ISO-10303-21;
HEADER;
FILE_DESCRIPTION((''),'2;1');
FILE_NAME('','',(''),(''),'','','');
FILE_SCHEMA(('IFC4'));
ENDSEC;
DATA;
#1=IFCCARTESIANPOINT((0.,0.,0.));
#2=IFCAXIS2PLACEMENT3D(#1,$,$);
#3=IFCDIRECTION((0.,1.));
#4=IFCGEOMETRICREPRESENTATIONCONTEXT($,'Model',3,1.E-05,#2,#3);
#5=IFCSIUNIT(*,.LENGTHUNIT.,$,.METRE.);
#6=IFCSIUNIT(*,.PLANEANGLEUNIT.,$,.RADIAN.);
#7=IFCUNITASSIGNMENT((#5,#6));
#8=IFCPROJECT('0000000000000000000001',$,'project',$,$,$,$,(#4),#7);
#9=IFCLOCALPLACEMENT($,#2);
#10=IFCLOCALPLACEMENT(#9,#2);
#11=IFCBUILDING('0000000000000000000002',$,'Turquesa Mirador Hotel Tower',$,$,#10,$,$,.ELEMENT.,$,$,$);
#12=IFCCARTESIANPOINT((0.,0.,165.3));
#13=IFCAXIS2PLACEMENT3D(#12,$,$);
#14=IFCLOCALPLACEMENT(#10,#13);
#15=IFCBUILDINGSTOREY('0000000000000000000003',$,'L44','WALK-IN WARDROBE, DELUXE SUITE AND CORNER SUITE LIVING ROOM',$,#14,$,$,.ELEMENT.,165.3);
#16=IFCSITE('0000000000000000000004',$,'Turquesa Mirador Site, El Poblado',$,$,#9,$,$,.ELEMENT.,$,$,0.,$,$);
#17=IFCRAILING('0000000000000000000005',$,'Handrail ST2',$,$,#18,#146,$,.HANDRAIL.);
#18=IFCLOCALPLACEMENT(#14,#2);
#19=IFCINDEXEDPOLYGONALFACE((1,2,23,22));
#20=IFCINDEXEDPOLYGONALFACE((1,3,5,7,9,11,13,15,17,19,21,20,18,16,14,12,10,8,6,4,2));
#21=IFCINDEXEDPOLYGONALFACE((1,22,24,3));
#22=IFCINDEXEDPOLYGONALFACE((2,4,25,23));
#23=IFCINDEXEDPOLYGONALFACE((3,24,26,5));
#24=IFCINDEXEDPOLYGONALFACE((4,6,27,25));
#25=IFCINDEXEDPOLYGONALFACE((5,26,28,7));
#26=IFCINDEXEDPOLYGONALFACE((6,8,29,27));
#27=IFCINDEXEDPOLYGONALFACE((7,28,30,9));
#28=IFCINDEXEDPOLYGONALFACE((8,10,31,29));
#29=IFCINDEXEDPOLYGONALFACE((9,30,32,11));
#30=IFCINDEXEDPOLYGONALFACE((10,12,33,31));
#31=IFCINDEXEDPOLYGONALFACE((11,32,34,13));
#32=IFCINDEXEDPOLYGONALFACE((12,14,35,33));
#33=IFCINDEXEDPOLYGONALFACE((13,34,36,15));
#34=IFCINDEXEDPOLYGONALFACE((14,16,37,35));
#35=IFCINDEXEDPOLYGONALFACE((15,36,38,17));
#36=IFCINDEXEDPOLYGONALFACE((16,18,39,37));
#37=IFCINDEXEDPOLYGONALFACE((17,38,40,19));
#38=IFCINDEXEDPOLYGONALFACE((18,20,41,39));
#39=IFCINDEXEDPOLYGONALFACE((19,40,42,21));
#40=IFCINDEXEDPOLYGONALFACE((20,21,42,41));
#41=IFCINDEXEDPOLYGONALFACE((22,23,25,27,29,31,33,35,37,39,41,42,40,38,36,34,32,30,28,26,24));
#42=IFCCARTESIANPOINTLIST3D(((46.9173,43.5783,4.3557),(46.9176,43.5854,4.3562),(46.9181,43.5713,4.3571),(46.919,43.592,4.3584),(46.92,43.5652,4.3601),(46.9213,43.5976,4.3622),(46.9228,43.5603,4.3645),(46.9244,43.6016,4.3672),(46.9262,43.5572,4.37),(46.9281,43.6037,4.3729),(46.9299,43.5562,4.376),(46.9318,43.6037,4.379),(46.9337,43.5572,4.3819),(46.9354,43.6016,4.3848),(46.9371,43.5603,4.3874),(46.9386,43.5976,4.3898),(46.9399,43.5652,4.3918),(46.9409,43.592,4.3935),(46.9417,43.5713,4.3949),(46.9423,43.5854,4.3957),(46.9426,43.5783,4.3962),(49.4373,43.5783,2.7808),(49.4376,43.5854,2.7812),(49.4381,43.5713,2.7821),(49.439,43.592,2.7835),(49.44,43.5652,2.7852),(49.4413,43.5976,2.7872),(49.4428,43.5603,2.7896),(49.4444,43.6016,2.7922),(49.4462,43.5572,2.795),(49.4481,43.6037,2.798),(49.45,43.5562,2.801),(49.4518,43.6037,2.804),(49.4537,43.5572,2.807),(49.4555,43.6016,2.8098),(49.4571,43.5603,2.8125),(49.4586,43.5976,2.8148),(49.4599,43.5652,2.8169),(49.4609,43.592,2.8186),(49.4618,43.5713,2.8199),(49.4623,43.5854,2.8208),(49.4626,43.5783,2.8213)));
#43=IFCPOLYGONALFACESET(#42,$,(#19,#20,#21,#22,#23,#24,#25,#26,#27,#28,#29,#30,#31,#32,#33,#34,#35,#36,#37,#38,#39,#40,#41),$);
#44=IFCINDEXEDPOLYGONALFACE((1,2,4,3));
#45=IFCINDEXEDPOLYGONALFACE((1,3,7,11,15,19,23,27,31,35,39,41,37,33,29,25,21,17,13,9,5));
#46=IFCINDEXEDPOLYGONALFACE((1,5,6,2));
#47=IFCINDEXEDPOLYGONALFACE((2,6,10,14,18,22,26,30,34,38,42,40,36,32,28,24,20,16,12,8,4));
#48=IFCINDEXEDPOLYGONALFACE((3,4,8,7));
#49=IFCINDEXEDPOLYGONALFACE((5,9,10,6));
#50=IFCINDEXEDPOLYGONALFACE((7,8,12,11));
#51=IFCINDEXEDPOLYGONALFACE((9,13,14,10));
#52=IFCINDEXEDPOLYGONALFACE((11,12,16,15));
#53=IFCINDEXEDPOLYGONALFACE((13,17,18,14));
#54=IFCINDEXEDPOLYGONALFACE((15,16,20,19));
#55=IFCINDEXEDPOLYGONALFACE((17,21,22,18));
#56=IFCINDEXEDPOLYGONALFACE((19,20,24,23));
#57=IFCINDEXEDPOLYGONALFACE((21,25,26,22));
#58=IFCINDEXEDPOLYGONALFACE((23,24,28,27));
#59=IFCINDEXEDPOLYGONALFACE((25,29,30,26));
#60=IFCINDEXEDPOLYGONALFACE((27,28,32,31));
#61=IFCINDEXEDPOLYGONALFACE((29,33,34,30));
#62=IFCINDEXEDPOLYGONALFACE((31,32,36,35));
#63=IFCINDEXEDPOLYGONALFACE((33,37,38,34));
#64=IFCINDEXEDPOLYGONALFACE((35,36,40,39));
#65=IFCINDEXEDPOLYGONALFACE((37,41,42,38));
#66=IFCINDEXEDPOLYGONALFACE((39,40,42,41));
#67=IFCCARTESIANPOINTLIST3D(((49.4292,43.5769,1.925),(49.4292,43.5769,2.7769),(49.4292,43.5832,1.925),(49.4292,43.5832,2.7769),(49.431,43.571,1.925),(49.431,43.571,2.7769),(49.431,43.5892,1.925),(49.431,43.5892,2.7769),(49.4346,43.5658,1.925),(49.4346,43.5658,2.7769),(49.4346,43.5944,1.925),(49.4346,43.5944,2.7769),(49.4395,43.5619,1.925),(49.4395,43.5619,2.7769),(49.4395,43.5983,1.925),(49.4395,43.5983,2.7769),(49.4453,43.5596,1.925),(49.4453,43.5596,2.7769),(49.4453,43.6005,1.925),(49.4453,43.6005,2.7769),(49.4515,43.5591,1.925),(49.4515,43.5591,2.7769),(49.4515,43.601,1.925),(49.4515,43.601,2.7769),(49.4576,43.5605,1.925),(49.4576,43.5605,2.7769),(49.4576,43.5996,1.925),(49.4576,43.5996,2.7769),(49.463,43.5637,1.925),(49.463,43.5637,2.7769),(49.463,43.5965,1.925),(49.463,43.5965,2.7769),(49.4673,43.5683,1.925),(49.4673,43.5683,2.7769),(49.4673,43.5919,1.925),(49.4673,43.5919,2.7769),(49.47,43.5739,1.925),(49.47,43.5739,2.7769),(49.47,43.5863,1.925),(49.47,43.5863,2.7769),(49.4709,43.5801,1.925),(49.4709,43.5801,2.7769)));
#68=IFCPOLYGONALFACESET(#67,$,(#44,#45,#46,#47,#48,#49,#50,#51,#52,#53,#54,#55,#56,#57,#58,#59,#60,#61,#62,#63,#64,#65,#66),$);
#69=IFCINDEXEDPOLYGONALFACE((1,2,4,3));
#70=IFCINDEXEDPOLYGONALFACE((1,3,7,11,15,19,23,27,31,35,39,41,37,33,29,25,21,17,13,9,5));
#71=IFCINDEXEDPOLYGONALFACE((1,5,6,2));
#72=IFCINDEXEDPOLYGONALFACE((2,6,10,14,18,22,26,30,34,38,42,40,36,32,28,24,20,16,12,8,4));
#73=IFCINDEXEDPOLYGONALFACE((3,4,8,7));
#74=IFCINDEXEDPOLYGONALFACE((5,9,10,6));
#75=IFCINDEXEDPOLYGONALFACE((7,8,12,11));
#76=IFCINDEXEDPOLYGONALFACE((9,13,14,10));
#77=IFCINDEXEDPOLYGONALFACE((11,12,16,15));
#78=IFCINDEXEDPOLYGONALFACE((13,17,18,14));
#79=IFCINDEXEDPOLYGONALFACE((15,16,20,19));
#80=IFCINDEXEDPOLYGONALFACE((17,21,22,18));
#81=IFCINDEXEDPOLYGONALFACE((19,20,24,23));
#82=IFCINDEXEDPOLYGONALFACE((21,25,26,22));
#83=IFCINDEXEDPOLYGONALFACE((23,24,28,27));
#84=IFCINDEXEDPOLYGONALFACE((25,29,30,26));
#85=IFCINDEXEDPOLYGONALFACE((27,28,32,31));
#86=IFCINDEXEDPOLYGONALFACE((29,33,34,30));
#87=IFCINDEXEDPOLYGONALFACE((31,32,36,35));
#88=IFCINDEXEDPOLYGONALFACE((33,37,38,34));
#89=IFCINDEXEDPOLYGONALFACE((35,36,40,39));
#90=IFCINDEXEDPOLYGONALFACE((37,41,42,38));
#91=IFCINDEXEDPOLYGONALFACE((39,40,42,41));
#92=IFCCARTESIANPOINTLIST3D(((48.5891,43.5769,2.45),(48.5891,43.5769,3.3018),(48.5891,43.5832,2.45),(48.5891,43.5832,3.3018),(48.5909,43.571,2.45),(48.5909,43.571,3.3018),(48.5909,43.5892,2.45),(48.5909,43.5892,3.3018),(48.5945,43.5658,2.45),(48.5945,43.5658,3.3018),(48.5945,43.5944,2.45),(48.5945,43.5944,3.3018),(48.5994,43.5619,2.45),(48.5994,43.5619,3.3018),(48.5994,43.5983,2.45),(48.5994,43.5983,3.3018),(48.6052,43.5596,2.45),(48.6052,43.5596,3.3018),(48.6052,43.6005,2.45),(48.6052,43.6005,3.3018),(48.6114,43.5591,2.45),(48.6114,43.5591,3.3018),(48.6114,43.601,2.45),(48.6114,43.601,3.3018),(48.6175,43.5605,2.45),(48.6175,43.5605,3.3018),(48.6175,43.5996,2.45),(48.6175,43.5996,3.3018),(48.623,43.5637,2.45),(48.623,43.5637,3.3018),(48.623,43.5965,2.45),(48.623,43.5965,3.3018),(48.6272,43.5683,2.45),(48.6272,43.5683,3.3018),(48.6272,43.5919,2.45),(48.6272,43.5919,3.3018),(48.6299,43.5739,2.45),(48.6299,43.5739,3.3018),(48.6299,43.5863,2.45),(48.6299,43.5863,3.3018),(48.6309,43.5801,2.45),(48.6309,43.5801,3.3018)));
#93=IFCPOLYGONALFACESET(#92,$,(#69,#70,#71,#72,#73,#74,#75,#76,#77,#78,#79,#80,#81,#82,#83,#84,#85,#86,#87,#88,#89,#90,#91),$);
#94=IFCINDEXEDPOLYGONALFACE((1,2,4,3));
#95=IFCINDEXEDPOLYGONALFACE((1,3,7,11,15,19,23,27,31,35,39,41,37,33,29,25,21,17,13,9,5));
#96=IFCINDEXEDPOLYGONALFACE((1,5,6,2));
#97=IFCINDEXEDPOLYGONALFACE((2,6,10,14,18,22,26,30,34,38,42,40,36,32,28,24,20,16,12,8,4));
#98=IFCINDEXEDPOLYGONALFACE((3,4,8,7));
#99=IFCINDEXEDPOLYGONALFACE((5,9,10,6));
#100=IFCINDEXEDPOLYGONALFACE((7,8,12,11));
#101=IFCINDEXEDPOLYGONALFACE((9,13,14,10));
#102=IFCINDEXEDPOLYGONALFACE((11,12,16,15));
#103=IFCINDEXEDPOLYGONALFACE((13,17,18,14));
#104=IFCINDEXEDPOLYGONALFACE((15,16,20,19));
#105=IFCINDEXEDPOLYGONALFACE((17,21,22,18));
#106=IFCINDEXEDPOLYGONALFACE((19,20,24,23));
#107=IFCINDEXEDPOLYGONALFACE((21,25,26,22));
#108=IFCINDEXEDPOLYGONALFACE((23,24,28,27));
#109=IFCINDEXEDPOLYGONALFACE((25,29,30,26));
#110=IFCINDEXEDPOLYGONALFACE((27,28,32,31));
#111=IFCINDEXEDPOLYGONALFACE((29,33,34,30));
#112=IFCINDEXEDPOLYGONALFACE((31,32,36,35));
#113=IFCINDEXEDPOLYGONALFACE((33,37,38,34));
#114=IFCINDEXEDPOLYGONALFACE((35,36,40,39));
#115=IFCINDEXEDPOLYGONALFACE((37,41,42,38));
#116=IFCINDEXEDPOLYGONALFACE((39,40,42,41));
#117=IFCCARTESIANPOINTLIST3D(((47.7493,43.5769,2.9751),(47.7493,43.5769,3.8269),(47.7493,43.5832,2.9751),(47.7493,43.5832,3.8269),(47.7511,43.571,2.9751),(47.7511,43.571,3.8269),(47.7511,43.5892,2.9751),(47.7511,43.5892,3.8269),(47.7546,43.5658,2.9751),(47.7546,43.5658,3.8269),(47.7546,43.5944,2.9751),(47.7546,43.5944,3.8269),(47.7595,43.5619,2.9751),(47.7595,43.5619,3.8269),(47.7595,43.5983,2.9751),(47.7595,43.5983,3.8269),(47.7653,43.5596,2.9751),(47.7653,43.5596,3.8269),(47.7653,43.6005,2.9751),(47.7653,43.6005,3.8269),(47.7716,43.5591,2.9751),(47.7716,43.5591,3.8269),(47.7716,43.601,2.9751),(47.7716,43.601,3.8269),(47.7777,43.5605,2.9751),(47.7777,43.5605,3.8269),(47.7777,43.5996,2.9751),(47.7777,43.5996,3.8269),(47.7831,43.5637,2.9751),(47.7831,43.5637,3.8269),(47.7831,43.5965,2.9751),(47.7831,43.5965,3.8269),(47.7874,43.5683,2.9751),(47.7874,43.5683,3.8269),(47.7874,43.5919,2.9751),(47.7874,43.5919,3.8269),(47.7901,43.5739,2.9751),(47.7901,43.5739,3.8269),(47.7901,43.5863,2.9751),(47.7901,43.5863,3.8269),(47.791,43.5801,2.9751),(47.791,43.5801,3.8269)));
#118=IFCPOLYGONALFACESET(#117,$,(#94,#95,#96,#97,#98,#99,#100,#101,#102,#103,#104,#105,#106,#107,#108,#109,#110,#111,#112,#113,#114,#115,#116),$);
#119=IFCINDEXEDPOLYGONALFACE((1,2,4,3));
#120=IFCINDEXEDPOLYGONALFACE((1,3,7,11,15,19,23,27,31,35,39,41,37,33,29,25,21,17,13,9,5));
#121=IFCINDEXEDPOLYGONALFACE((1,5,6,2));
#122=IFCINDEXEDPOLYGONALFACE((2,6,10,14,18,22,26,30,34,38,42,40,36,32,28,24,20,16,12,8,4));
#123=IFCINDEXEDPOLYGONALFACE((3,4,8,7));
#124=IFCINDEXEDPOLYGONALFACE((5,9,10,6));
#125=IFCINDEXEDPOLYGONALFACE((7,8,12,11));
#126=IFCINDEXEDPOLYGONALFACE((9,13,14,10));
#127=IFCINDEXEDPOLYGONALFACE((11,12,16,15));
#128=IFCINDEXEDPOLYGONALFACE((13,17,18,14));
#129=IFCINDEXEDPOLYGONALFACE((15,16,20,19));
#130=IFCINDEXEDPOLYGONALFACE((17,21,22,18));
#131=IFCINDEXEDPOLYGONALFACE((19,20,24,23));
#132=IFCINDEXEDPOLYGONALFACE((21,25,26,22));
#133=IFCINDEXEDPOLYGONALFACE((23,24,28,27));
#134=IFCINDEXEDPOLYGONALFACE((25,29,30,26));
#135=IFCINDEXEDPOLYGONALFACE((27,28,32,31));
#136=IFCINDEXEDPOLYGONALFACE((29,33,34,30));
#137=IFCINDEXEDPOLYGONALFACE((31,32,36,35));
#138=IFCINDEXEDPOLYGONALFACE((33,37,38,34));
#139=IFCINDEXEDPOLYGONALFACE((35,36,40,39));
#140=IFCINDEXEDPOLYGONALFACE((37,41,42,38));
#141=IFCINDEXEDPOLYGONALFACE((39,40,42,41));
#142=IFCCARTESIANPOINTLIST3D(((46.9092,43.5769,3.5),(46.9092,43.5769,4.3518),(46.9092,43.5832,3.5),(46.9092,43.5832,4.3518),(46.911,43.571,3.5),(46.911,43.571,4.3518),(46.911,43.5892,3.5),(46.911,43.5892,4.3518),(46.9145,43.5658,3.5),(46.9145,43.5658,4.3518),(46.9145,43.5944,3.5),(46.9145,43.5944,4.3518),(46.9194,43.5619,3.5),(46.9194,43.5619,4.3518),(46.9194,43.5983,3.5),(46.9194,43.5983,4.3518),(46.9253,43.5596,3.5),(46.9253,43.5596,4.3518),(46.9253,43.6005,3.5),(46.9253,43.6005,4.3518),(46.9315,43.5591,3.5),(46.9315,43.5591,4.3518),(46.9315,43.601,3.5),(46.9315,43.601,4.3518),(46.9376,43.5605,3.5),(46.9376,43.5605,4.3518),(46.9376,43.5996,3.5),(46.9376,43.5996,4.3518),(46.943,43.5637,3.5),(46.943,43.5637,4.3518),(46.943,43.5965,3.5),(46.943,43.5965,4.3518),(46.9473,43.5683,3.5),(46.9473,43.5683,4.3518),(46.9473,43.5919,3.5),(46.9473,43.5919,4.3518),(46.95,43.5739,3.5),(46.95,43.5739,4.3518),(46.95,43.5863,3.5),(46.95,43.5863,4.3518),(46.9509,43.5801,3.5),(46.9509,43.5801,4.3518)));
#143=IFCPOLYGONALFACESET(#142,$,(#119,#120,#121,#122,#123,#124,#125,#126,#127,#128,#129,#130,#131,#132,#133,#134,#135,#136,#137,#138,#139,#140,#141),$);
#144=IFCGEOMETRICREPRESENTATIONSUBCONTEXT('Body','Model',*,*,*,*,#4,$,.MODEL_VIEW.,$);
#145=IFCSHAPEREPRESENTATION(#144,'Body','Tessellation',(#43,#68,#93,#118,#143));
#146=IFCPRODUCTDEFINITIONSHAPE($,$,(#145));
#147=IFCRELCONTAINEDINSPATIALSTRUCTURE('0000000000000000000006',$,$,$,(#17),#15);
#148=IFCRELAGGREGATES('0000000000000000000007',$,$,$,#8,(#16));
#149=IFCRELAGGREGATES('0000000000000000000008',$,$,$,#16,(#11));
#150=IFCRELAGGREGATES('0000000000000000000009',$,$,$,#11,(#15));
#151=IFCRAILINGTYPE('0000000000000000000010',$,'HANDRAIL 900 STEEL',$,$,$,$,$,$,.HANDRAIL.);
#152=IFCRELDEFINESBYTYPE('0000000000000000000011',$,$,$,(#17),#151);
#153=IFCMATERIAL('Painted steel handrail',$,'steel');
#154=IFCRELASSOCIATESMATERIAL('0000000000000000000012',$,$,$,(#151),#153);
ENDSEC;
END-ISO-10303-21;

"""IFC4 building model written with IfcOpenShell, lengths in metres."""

from ifc_helpers import new_model, si_unit, direction, frame, origin, origin_2d, place, context, subcontext, project, spatial, circle, extrude, material, type_object, element, save


model = new_model("IFC4")

# Units and contexts
model_context = context("Model", 3, precision=1e-05, world=origin(), true_north=direction((0.0, 1.0)))
body_context = subcontext(model_context, "Body", "Model", "MODEL_VIEW")
ifc_project = project(units=[si_unit("LENGTHUNIT", "METRE"), si_unit("PLANEANGLEUNIT", "RADIAN")], contexts=[model_context])

# Site, building, storey
site_placement = place(None, origin())
site = spatial("IfcSite", under=ifc_project, at=site_placement, Name="Turquesa Mirador Site, El Poblado", CompositionType="ELEMENT", RefElevation=0.0)
building_placement = place(site_placement, origin())
building = spatial("IfcBuilding", under=site, at=building_placement, Name="Turquesa Mirador Hotel Tower", CompositionType="ELEMENT")
storey_placement = place(building_placement, frame((0.0, 0.0, 165.3)))
storey = spatial("IfcBuildingStorey", under=building, at=storey_placement, Name="L44", Description="WALK-IN WARDROBE, DELUXE SUITE AND CORNER SUITE LIVING ROOM", CompositionType="ELEMENT", Elevation=165.3)

# Railing
ifc_material_1 = material(Name="Painted steel handrail", Category="steel")
railing_type = type_object("IfcRailingType", Name="HANDRAIL 900 STEEL", PredefinedType="HANDRAIL", material=ifc_material_1)
railing_1_placement = place(storey_placement, frame((49.45, 43.5801, 1.925)))
element("IfcRailing", 1, at=railing_1_placement, inside=storey, type_object=railing_type, Name="Handrail ST2", PredefinedType="HANDRAIL", context=body_context, shape_type="SweptSolid", body=[
    extrude(circle(Radius=0.0239, at=origin_2d()), frame((0.0, 0.0, 0.876), z_axis=(-0.848008, 0.0, 0.529984), x_axis=(0.0, -1.0, 0.0)), (0.0, 0.0, 1.0), 2.9717),
    extrude(circle(Radius=0.021, at=origin_2d()), origin(), (0.0, 0.0, 1.0), 0.8518),
    extrude(circle(Radius=0.021, at=origin_2d()), frame((-0.8401, 0.0, 0.5249)), (0.0, 0.0, 1.0), 0.8518),
    extrude(circle(Radius=0.021, at=origin_2d()), frame((-1.6799, 0.0, 1.05)), (0.0, 0.0, 1.0), 0.8518),
    extrude(circle(Radius=0.021, at=origin_2d()), frame((-2.52, 0.0, 1.575)), (0.0, 0.0, 1.0), 0.8518),
])

save(model, "model.ifc")
